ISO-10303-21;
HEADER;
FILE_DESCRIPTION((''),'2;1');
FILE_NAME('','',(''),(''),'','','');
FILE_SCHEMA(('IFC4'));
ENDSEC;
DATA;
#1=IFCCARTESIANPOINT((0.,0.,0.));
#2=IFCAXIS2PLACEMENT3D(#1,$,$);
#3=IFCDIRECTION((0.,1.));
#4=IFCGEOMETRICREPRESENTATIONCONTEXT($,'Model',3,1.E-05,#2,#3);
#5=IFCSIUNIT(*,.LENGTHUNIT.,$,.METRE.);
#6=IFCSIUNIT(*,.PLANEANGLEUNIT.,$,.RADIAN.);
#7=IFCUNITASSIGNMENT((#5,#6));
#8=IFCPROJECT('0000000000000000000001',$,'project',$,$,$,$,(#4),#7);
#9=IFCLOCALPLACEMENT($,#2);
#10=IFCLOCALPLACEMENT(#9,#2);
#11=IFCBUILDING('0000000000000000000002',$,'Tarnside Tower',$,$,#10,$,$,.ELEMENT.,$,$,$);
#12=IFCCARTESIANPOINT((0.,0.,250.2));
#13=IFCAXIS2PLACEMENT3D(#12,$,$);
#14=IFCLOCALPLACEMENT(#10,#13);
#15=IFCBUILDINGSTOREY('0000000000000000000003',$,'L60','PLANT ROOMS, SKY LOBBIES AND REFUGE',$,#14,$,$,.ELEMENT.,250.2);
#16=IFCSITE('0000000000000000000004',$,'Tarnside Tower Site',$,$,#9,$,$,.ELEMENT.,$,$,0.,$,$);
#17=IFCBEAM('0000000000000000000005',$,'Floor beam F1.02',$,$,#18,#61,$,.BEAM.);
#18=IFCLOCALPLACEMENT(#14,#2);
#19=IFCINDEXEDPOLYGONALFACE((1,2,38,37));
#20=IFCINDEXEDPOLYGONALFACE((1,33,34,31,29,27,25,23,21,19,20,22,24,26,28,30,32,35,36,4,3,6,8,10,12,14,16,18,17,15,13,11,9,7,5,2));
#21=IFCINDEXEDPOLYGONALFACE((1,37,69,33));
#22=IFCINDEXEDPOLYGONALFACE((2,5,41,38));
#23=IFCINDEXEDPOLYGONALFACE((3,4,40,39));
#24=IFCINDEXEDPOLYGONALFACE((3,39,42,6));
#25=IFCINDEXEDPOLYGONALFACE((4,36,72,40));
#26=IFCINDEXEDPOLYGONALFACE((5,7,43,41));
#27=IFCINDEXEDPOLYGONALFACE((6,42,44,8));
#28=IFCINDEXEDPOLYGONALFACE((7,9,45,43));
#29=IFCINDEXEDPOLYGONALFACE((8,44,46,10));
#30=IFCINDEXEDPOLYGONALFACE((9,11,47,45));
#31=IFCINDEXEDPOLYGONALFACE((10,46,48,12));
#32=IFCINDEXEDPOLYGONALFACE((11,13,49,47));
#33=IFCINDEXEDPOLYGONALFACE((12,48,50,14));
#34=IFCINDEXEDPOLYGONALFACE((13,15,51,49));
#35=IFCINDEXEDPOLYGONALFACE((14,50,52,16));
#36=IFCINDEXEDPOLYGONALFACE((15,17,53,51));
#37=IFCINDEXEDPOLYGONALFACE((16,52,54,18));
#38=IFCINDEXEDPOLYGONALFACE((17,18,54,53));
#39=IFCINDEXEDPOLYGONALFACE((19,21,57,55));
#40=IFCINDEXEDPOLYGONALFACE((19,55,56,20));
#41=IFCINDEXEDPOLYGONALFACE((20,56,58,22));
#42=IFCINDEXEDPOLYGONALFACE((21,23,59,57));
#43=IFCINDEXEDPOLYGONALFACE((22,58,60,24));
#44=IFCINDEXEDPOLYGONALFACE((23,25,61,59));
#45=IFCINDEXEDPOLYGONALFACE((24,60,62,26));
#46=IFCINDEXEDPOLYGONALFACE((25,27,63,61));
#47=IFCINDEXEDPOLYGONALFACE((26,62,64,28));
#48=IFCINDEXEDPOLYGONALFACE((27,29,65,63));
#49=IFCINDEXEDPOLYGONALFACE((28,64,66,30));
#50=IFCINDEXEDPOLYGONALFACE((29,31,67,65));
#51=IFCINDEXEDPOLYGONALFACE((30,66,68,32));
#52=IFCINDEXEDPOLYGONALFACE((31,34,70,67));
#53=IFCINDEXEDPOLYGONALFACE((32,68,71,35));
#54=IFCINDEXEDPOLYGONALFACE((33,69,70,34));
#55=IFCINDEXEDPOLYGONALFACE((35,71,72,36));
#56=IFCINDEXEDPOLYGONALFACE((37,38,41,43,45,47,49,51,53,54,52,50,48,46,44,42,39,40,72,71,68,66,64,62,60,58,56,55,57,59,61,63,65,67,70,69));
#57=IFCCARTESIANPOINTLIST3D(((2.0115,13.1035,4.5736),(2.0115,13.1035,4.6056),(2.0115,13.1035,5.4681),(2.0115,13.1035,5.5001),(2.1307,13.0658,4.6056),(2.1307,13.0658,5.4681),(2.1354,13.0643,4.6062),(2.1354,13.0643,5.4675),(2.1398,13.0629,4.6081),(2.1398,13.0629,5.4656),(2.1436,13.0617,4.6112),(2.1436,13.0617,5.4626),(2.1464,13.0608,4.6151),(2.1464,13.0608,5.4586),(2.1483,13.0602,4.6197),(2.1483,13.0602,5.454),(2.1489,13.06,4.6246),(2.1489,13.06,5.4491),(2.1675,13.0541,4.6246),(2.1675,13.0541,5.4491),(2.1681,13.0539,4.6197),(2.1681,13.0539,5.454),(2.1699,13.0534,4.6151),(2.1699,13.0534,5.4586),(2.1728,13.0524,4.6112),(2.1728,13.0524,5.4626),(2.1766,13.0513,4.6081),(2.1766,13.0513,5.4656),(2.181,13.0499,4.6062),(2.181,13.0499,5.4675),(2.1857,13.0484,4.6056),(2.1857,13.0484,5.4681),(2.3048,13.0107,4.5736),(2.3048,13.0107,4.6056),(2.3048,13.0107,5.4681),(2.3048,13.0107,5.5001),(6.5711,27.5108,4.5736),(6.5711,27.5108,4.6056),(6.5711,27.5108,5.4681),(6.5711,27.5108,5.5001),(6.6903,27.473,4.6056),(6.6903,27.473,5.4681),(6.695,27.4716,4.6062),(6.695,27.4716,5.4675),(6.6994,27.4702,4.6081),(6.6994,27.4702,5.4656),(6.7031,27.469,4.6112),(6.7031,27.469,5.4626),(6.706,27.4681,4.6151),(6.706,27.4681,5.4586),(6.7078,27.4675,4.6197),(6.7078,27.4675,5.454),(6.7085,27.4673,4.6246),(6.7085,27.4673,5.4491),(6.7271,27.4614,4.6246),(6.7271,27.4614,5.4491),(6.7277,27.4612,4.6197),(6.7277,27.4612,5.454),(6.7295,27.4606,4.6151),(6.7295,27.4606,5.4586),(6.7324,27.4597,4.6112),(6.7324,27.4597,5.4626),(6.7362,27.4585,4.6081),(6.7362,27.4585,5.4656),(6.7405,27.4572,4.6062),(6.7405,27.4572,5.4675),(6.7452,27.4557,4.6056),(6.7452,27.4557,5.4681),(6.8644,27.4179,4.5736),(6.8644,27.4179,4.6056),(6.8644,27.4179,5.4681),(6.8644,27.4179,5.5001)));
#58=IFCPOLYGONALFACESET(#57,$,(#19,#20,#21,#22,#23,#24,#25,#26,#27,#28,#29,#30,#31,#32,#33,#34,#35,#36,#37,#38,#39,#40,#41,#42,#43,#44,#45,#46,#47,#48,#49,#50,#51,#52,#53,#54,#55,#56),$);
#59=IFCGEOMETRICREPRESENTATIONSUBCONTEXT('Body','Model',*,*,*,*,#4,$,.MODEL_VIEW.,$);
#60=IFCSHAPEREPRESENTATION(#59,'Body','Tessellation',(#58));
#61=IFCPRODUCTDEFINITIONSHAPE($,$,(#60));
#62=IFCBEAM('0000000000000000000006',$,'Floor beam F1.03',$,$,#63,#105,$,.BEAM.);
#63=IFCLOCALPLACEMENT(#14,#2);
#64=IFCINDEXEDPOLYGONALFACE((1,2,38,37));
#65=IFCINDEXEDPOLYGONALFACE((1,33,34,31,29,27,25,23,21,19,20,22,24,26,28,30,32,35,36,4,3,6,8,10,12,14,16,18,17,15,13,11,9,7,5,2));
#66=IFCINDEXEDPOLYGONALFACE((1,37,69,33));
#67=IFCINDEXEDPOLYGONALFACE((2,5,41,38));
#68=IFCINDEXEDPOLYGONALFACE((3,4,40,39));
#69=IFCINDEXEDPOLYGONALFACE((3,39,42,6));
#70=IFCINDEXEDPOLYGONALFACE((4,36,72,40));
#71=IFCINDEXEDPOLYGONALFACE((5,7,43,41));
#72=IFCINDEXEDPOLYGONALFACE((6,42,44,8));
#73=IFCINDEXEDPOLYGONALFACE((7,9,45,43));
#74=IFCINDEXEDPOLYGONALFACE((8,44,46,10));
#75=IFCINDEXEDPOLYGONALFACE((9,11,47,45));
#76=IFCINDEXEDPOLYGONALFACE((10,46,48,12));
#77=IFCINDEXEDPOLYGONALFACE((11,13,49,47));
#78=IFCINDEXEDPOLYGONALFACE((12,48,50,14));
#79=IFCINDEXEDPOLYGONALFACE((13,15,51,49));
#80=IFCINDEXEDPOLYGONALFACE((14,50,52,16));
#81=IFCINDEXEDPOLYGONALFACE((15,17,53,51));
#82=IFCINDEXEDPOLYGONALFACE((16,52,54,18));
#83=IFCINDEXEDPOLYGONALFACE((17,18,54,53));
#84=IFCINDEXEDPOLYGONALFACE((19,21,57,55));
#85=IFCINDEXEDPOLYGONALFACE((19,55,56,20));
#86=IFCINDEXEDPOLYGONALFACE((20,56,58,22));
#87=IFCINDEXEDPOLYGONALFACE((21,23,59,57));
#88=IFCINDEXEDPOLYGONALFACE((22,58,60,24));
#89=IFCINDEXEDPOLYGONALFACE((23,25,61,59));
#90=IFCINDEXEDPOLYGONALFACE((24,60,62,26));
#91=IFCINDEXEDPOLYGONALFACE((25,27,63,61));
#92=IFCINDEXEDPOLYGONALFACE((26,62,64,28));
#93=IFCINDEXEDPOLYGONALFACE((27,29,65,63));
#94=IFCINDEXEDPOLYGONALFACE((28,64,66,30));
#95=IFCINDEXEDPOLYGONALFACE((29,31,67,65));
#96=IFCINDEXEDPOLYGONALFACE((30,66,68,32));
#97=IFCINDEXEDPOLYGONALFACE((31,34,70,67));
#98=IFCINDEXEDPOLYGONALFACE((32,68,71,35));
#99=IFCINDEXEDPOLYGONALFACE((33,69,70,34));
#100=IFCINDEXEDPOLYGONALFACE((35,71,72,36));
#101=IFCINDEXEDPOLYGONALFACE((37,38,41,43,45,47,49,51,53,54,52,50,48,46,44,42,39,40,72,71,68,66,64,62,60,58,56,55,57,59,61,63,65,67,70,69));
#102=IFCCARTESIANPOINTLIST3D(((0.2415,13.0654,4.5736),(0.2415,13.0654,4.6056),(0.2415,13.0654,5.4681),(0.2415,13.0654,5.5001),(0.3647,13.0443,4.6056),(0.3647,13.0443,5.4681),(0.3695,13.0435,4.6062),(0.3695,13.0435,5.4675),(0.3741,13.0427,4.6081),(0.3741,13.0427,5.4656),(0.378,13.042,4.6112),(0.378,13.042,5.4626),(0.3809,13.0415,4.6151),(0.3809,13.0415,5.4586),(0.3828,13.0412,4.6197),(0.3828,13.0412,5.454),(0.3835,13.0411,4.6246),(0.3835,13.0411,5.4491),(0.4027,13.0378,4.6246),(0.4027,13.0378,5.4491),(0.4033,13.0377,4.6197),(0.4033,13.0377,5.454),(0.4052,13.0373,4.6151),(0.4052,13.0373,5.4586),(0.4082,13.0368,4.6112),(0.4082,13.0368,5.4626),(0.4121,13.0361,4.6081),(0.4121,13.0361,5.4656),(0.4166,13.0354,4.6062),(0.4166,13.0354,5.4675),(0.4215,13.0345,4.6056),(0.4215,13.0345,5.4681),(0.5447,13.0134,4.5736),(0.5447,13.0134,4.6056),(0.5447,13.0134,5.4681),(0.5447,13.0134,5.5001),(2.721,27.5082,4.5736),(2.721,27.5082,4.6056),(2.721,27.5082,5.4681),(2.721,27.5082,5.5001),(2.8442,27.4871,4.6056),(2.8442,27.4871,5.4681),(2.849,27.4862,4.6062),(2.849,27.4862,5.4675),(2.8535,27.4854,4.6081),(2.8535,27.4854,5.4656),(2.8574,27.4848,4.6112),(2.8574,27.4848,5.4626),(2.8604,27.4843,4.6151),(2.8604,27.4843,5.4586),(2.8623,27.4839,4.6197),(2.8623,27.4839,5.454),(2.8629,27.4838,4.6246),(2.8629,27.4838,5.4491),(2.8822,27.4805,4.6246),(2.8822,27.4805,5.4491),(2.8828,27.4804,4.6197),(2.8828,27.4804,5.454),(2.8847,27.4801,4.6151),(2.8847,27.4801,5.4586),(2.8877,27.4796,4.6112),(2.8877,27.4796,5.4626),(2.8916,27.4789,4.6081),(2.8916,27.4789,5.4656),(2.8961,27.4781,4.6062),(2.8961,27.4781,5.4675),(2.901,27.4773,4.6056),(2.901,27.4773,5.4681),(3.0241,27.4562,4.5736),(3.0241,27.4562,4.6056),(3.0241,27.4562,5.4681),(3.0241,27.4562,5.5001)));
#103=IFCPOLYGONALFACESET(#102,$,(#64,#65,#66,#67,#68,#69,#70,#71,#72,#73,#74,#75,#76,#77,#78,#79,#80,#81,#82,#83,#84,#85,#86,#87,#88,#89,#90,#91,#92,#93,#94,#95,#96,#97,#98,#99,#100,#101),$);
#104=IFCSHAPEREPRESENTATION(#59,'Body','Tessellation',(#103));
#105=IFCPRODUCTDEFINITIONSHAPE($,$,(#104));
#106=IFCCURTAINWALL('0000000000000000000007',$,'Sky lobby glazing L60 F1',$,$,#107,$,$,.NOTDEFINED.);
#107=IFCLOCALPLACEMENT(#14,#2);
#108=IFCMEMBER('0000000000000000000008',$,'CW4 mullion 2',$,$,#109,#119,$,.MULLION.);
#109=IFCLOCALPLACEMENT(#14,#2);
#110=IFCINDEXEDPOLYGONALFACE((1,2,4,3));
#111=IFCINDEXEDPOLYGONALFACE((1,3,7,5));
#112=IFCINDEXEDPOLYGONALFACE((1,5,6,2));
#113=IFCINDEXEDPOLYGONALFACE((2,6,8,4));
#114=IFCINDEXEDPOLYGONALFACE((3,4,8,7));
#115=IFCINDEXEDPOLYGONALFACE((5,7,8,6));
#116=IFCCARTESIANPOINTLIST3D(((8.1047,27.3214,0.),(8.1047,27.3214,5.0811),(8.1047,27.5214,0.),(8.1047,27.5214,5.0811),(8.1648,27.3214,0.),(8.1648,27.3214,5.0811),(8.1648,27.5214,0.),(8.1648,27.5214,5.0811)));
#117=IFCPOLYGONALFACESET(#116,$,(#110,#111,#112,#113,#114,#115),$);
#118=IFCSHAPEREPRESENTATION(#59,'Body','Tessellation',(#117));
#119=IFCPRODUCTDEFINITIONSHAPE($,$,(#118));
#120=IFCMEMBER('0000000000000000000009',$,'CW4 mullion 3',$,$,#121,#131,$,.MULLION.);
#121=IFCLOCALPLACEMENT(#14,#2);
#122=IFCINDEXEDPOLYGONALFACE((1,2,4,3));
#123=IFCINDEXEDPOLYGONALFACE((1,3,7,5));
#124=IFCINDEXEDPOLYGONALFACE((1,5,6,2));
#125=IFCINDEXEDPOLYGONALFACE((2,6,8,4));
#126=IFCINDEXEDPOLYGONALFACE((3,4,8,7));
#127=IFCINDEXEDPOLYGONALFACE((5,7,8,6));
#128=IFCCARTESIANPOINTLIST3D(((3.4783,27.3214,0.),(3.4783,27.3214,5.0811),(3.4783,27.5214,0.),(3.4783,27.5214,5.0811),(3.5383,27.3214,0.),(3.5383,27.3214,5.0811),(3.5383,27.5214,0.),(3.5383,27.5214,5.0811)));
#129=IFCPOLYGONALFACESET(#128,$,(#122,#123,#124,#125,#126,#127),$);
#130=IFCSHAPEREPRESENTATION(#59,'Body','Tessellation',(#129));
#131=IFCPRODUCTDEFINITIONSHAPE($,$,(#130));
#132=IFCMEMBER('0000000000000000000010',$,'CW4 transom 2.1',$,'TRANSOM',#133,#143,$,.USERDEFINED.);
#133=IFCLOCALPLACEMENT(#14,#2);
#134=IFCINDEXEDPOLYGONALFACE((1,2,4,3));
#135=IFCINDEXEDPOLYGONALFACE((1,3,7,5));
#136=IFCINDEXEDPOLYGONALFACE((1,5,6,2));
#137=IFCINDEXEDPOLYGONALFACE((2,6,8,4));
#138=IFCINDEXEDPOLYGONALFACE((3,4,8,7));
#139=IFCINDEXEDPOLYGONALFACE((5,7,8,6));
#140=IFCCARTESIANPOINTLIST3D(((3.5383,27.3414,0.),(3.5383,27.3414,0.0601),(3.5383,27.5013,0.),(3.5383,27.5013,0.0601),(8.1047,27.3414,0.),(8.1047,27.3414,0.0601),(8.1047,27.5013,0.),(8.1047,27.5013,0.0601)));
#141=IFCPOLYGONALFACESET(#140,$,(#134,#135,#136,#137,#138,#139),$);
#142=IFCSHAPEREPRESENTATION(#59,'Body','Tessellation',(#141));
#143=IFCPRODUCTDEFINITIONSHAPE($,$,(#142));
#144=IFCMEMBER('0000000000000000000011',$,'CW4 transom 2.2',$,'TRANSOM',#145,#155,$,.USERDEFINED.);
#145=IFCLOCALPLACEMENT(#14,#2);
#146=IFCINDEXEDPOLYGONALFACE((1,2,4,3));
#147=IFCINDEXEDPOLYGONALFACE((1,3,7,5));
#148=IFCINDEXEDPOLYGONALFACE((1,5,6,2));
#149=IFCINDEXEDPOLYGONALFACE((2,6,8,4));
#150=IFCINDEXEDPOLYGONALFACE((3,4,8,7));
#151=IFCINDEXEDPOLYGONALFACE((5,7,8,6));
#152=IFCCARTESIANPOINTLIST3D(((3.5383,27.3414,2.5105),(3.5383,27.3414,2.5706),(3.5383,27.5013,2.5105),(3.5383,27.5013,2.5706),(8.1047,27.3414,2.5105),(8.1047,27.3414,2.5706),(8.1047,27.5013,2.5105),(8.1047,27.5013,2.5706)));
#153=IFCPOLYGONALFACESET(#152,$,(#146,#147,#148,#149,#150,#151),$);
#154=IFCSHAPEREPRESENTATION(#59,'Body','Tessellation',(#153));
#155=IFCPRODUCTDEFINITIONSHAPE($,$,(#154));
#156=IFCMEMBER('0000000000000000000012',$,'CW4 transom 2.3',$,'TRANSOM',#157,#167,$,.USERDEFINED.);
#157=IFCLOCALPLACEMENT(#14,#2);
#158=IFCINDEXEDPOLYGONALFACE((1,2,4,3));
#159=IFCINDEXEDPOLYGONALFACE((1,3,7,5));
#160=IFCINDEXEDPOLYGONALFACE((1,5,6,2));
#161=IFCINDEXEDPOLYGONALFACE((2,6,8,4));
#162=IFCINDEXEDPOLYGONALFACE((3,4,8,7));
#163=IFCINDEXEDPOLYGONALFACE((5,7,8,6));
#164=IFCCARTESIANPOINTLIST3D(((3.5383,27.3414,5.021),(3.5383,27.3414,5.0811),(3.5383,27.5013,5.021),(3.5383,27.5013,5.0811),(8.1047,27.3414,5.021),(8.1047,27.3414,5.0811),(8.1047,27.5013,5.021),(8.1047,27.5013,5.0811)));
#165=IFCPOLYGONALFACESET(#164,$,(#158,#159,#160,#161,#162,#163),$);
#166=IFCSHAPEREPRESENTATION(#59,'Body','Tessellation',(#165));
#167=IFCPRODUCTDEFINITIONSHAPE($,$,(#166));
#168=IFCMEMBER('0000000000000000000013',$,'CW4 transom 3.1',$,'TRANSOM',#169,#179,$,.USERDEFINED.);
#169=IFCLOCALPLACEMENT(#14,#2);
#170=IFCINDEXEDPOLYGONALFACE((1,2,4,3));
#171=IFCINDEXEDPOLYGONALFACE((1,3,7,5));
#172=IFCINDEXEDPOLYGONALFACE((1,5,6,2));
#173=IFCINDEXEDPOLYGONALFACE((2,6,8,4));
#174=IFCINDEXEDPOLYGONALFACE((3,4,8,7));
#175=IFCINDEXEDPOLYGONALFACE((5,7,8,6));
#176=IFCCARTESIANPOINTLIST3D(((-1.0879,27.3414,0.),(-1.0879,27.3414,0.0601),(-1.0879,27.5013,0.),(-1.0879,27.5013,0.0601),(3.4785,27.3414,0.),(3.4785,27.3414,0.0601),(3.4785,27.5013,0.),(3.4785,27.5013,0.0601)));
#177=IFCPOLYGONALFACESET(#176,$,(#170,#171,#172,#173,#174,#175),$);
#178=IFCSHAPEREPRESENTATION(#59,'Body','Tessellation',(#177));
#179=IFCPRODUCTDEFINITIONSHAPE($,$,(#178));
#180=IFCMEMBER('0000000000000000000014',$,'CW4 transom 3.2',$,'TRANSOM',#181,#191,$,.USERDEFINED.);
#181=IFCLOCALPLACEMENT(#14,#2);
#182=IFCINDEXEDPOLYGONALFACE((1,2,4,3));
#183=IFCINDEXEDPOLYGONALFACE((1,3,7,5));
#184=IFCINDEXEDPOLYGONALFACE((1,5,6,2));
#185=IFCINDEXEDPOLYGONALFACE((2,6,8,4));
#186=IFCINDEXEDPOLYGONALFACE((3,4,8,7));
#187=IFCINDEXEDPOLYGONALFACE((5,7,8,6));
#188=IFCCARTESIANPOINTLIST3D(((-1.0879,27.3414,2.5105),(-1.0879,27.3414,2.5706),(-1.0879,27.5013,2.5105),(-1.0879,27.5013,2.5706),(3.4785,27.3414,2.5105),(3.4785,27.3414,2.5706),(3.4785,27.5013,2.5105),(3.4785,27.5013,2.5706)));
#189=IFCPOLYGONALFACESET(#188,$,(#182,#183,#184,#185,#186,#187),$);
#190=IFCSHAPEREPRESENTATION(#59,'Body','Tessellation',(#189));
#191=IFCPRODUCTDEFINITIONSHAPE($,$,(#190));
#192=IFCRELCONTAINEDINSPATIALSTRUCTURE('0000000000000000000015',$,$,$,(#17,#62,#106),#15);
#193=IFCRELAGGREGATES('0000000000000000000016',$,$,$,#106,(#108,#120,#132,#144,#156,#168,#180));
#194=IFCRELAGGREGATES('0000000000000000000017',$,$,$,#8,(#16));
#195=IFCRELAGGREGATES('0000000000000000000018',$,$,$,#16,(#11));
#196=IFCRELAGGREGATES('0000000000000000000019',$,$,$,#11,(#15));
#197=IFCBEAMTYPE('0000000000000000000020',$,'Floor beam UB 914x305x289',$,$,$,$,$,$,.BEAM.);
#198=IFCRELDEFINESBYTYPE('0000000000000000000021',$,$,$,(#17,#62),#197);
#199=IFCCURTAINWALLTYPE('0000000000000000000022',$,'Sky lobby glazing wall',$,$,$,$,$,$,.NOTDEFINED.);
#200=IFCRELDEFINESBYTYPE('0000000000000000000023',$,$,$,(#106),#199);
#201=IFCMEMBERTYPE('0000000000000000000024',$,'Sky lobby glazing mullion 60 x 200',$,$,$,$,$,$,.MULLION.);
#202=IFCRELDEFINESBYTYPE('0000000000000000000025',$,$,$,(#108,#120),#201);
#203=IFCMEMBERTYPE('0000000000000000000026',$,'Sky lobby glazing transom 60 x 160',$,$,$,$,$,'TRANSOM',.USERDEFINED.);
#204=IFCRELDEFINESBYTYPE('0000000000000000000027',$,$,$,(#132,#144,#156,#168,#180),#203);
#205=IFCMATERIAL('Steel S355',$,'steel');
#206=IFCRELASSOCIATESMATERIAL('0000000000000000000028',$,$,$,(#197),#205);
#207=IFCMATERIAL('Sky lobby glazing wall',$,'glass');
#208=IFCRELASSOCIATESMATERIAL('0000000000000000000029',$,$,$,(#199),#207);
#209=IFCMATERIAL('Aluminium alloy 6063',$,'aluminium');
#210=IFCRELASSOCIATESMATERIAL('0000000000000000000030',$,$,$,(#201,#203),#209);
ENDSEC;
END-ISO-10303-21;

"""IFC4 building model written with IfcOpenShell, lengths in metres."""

from ifc_helpers import new_model, si_unit, direction, frame, origin, origin_2d, place, context, subcontext, project, spatial, rectangle, i_section, extrude, material, material_profile, profile_set, type_object, element, aggregate, save


model = new_model("IFC4")

# Units and contexts
model_context = context("Model", 3, precision=1e-05, world=origin(), true_north=direction((0.0, 1.0)))
body_context = subcontext(model_context, "Body", "Model", "MODEL_VIEW")
ifc_project = project(units=[si_unit("LENGTHUNIT", "METRE"), si_unit("PLANEANGLEUNIT", "RADIAN")], contexts=[model_context])

# Site, building, storey
site_placement = place(None, origin())
site = spatial("IfcSite", under=ifc_project, at=site_placement, Name="Tarnside Tower Site", CompositionType="ELEMENT", RefElevation=0.0)
building_placement = place(site_placement, origin())
building = spatial("IfcBuilding", under=site, at=building_placement, Name="Tarnside Tower", CompositionType="ELEMENT")
storey_placement = place(building_placement, frame((0.0, 0.0, 250.2)))
storey = spatial("IfcBuildingStorey", under=building, at=storey_placement, Name="L60", Description="PLANT ROOMS, SKY LOBBIES AND REFUGE", CompositionType="ELEMENT", Elevation=250.2)

# Beams
ifc_material_1 = material(Name="Steel S355", Category="steel")
ifc_material_profile_1 = material_profile(ifc_material_1, i_section(OverallWidth=0.3076, OverallDepth=0.9265, WebThickness=0.0195, FlangeThickness=0.032, FilletRadius=0.019, at=origin_2d()), Name="UB 914x305x289")
ifc_profile_set_1 = profile_set([ifc_material_profile_1], Name="Steel S355")
beam_type = type_object("IfcBeamType", Name="Floor beam UB 914x305x289", PredefinedType="BEAM", material=ifc_profile_set_1)
beam_1_placement = place(storey_placement, frame((6.7178, 27.4644, 5.0369), z_axis=(-0.301728, -0.953394, 0.0), x_axis=(0.953394, -0.301728, 0.0)))
element("IfcBeam", 1, at=beam_1_placement, inside=storey, type_object=beam_type, Name="Floor beam F1.02", PredefinedType="BEAM", context=body_context, shape_type="SweptSolid", body=[
    extrude(i_section(OverallWidth=0.3076, OverallDepth=0.9265, WebThickness=0.0195, FlangeThickness=0.032, FilletRadius=0.019, at=origin_2d()), origin(), (0.0, 0.0, 1.0), 15.1116),
])
beam_2_placement = place(storey_placement, frame((2.8726, 27.4822, 5.0369), z_axis=(-0.169201, -0.985582, 0.0), x_axis=(0.985582, -0.169201, 0.0)))
element("IfcBeam", 2, at=beam_2_placement, inside=storey, type_object=beam_type, Name="Floor beam F1.03", PredefinedType="BEAM", context=body_context, shape_type="SweptSolid", body=[
    extrude(i_section(OverallWidth=0.3076, OverallDepth=0.9265, WebThickness=0.0195, FlangeThickness=0.032, FilletRadius=0.019, at=origin_2d()), origin(), (0.0, 0.0, 1.0), 14.6541),
])

# Curtain wall, members
ifc_material_2 = material(Name="Sky lobby glazing wall", Category="glass")
curtain_wall_type = type_object("IfcCurtainWallType", Name="Sky lobby glazing wall", PredefinedType="NOTDEFINED", material=ifc_material_2)
curtain_wall_placement = place(storey_placement, origin())
curtain_wall = element("IfcCurtainWall", 3, at=curtain_wall_placement, inside=storey, type_object=curtain_wall_type, Name="Sky lobby glazing L60 F1", PredefinedType="NOTDEFINED")
ifc_material_3 = material(Name="Aluminium alloy 6063", Category="aluminium")
ifc_material_profile_2 = material_profile(ifc_material_3, rectangle(XDim=0.2, YDim=0.0601, at=origin_2d()), Name="Sky lobby glazing mullion 60 x 200")
ifc_profile_set_2 = profile_set([ifc_material_profile_2], Name="Aluminium alloy 6063")
member_type_1 = type_object("IfcMemberType", Name="Sky lobby glazing mullion 60 x 200", PredefinedType="MULLION", material=ifc_profile_set_2)
member_1_placement = place(storey_placement, frame((8.1348, 27.4214, 0.0), z_axis=(0.0, 0.0, 1.0), x_axis=(0.0, -1.0, 0.0)))
member_1 = element("IfcMember", 4, at=member_1_placement, type_object=member_type_1, Name="CW4 mullion 2", PredefinedType="MULLION", context=body_context, shape_type="SweptSolid", body=[
    extrude(rectangle(XDim=0.2, YDim=0.0601, at=origin_2d()), origin(), (0.0, 0.0, 1.0), 5.0811),
])
member_2_placement = place(storey_placement, frame((3.5083, 27.4214, 0.0), z_axis=(0.0, 0.0, 1.0), x_axis=(0.0, -1.0, 0.0)))
member_2 = element("IfcMember", 5, at=member_2_placement, type_object=member_type_1, Name="CW4 mullion 3", PredefinedType="MULLION", context=body_context, shape_type="SweptSolid", body=[
    extrude(rectangle(XDim=0.2, YDim=0.0601, at=origin_2d()), origin(), (0.0, 0.0, 1.0), 5.0811),
])
ifc_material_profile_3 = material_profile(ifc_material_3, rectangle(XDim=0.1599, YDim=0.0601, at=origin_2d()), Name="Sky lobby glazing transom 60 x 160")
ifc_profile_set_3 = profile_set([ifc_material_profile_3], Name="Aluminium alloy 6063")
member_type_2 = type_object("IfcMemberType", Name="Sky lobby glazing transom 60 x 160", ElementType="TRANSOM", PredefinedType="USERDEFINED", material=ifc_profile_set_3)
member_3_placement = place(storey_placement, frame((8.1047, 27.4214, 0.03), z_axis=(-1.0, 0.0, 0.0), x_axis=(0.0, -1.0, 0.0)))
member_3 = element("IfcMember", 6, at=member_3_placement, type_object=member_type_2, Name="CW4 transom 2.1", ObjectType="TRANSOM", PredefinedType="USERDEFINED", context=body_context, shape_type="SweptSolid", body=[
    extrude(rectangle(XDim=0.1599, YDim=0.0601, at=origin_2d()), origin(), (0.0, 0.0, 1.0), 4.5664),
])
member_4_placement = place(storey_placement, frame((8.1047, 27.4214, 2.5405), z_axis=(-1.0, 0.0, 0.0), x_axis=(0.0, -1.0, 0.0)))
member_4 = element("IfcMember", 7, at=member_4_placement, type_object=member_type_2, Name="CW4 transom 2.2", ObjectType="TRANSOM", PredefinedType="USERDEFINED", context=body_context, shape_type="SweptSolid", body=[
    extrude(rectangle(XDim=0.1599, YDim=0.0601, at=origin_2d()), origin(), (0.0, 0.0, 1.0), 4.5664),
])
member_5_placement = place(storey_placement, frame((8.1047, 27.4214, 5.051), z_axis=(-1.0, 0.0, 0.0), x_axis=(0.0, -1.0, 0.0)))
member_5 = element("IfcMember", 8, at=member_5_placement, type_object=member_type_2, Name="CW4 transom 2.3", ObjectType="TRANSOM", PredefinedType="USERDEFINED", context=body_context, shape_type="SweptSolid", body=[
    extrude(rectangle(XDim=0.1599, YDim=0.0601, at=origin_2d()), origin(), (0.0, 0.0, 1.0), 4.5664),
])
member_6_placement = place(storey_placement, frame((3.4785, 27.4214, 0.03), z_axis=(-1.0, 0.0, 0.0), x_axis=(0.0, -1.0, 0.0)))
member_6 = element("IfcMember", 9, at=member_6_placement, type_object=member_type_2, Name="CW4 transom 3.1", ObjectType="TRANSOM", PredefinedType="USERDEFINED", context=body_context, shape_type="SweptSolid", body=[
    extrude(rectangle(XDim=0.1599, YDim=0.0601, at=origin_2d()), origin(), (0.0, 0.0, 1.0), 4.5664),
])
member_7_placement = place(storey_placement, frame((3.4785, 27.4214, 2.5405), z_axis=(-1.0, 0.0, 0.0), x_axis=(0.0, -1.0, 0.0)))
member_7 = element("IfcMember", 10, at=member_7_placement, type_object=member_type_2, Name="CW4 transom 3.2", ObjectType="TRANSOM", PredefinedType="USERDEFINED", context=body_context, shape_type="SweptSolid", body=[
    extrude(rectangle(XDim=0.1599, YDim=0.0601, at=origin_2d()), origin(), (0.0, 0.0, 1.0), 4.5664),
])

aggregate(curtain_wall, [member_1, member_2, member_3, member_4, member_5, member_6, member_7])

save(model, "model.ifc")
